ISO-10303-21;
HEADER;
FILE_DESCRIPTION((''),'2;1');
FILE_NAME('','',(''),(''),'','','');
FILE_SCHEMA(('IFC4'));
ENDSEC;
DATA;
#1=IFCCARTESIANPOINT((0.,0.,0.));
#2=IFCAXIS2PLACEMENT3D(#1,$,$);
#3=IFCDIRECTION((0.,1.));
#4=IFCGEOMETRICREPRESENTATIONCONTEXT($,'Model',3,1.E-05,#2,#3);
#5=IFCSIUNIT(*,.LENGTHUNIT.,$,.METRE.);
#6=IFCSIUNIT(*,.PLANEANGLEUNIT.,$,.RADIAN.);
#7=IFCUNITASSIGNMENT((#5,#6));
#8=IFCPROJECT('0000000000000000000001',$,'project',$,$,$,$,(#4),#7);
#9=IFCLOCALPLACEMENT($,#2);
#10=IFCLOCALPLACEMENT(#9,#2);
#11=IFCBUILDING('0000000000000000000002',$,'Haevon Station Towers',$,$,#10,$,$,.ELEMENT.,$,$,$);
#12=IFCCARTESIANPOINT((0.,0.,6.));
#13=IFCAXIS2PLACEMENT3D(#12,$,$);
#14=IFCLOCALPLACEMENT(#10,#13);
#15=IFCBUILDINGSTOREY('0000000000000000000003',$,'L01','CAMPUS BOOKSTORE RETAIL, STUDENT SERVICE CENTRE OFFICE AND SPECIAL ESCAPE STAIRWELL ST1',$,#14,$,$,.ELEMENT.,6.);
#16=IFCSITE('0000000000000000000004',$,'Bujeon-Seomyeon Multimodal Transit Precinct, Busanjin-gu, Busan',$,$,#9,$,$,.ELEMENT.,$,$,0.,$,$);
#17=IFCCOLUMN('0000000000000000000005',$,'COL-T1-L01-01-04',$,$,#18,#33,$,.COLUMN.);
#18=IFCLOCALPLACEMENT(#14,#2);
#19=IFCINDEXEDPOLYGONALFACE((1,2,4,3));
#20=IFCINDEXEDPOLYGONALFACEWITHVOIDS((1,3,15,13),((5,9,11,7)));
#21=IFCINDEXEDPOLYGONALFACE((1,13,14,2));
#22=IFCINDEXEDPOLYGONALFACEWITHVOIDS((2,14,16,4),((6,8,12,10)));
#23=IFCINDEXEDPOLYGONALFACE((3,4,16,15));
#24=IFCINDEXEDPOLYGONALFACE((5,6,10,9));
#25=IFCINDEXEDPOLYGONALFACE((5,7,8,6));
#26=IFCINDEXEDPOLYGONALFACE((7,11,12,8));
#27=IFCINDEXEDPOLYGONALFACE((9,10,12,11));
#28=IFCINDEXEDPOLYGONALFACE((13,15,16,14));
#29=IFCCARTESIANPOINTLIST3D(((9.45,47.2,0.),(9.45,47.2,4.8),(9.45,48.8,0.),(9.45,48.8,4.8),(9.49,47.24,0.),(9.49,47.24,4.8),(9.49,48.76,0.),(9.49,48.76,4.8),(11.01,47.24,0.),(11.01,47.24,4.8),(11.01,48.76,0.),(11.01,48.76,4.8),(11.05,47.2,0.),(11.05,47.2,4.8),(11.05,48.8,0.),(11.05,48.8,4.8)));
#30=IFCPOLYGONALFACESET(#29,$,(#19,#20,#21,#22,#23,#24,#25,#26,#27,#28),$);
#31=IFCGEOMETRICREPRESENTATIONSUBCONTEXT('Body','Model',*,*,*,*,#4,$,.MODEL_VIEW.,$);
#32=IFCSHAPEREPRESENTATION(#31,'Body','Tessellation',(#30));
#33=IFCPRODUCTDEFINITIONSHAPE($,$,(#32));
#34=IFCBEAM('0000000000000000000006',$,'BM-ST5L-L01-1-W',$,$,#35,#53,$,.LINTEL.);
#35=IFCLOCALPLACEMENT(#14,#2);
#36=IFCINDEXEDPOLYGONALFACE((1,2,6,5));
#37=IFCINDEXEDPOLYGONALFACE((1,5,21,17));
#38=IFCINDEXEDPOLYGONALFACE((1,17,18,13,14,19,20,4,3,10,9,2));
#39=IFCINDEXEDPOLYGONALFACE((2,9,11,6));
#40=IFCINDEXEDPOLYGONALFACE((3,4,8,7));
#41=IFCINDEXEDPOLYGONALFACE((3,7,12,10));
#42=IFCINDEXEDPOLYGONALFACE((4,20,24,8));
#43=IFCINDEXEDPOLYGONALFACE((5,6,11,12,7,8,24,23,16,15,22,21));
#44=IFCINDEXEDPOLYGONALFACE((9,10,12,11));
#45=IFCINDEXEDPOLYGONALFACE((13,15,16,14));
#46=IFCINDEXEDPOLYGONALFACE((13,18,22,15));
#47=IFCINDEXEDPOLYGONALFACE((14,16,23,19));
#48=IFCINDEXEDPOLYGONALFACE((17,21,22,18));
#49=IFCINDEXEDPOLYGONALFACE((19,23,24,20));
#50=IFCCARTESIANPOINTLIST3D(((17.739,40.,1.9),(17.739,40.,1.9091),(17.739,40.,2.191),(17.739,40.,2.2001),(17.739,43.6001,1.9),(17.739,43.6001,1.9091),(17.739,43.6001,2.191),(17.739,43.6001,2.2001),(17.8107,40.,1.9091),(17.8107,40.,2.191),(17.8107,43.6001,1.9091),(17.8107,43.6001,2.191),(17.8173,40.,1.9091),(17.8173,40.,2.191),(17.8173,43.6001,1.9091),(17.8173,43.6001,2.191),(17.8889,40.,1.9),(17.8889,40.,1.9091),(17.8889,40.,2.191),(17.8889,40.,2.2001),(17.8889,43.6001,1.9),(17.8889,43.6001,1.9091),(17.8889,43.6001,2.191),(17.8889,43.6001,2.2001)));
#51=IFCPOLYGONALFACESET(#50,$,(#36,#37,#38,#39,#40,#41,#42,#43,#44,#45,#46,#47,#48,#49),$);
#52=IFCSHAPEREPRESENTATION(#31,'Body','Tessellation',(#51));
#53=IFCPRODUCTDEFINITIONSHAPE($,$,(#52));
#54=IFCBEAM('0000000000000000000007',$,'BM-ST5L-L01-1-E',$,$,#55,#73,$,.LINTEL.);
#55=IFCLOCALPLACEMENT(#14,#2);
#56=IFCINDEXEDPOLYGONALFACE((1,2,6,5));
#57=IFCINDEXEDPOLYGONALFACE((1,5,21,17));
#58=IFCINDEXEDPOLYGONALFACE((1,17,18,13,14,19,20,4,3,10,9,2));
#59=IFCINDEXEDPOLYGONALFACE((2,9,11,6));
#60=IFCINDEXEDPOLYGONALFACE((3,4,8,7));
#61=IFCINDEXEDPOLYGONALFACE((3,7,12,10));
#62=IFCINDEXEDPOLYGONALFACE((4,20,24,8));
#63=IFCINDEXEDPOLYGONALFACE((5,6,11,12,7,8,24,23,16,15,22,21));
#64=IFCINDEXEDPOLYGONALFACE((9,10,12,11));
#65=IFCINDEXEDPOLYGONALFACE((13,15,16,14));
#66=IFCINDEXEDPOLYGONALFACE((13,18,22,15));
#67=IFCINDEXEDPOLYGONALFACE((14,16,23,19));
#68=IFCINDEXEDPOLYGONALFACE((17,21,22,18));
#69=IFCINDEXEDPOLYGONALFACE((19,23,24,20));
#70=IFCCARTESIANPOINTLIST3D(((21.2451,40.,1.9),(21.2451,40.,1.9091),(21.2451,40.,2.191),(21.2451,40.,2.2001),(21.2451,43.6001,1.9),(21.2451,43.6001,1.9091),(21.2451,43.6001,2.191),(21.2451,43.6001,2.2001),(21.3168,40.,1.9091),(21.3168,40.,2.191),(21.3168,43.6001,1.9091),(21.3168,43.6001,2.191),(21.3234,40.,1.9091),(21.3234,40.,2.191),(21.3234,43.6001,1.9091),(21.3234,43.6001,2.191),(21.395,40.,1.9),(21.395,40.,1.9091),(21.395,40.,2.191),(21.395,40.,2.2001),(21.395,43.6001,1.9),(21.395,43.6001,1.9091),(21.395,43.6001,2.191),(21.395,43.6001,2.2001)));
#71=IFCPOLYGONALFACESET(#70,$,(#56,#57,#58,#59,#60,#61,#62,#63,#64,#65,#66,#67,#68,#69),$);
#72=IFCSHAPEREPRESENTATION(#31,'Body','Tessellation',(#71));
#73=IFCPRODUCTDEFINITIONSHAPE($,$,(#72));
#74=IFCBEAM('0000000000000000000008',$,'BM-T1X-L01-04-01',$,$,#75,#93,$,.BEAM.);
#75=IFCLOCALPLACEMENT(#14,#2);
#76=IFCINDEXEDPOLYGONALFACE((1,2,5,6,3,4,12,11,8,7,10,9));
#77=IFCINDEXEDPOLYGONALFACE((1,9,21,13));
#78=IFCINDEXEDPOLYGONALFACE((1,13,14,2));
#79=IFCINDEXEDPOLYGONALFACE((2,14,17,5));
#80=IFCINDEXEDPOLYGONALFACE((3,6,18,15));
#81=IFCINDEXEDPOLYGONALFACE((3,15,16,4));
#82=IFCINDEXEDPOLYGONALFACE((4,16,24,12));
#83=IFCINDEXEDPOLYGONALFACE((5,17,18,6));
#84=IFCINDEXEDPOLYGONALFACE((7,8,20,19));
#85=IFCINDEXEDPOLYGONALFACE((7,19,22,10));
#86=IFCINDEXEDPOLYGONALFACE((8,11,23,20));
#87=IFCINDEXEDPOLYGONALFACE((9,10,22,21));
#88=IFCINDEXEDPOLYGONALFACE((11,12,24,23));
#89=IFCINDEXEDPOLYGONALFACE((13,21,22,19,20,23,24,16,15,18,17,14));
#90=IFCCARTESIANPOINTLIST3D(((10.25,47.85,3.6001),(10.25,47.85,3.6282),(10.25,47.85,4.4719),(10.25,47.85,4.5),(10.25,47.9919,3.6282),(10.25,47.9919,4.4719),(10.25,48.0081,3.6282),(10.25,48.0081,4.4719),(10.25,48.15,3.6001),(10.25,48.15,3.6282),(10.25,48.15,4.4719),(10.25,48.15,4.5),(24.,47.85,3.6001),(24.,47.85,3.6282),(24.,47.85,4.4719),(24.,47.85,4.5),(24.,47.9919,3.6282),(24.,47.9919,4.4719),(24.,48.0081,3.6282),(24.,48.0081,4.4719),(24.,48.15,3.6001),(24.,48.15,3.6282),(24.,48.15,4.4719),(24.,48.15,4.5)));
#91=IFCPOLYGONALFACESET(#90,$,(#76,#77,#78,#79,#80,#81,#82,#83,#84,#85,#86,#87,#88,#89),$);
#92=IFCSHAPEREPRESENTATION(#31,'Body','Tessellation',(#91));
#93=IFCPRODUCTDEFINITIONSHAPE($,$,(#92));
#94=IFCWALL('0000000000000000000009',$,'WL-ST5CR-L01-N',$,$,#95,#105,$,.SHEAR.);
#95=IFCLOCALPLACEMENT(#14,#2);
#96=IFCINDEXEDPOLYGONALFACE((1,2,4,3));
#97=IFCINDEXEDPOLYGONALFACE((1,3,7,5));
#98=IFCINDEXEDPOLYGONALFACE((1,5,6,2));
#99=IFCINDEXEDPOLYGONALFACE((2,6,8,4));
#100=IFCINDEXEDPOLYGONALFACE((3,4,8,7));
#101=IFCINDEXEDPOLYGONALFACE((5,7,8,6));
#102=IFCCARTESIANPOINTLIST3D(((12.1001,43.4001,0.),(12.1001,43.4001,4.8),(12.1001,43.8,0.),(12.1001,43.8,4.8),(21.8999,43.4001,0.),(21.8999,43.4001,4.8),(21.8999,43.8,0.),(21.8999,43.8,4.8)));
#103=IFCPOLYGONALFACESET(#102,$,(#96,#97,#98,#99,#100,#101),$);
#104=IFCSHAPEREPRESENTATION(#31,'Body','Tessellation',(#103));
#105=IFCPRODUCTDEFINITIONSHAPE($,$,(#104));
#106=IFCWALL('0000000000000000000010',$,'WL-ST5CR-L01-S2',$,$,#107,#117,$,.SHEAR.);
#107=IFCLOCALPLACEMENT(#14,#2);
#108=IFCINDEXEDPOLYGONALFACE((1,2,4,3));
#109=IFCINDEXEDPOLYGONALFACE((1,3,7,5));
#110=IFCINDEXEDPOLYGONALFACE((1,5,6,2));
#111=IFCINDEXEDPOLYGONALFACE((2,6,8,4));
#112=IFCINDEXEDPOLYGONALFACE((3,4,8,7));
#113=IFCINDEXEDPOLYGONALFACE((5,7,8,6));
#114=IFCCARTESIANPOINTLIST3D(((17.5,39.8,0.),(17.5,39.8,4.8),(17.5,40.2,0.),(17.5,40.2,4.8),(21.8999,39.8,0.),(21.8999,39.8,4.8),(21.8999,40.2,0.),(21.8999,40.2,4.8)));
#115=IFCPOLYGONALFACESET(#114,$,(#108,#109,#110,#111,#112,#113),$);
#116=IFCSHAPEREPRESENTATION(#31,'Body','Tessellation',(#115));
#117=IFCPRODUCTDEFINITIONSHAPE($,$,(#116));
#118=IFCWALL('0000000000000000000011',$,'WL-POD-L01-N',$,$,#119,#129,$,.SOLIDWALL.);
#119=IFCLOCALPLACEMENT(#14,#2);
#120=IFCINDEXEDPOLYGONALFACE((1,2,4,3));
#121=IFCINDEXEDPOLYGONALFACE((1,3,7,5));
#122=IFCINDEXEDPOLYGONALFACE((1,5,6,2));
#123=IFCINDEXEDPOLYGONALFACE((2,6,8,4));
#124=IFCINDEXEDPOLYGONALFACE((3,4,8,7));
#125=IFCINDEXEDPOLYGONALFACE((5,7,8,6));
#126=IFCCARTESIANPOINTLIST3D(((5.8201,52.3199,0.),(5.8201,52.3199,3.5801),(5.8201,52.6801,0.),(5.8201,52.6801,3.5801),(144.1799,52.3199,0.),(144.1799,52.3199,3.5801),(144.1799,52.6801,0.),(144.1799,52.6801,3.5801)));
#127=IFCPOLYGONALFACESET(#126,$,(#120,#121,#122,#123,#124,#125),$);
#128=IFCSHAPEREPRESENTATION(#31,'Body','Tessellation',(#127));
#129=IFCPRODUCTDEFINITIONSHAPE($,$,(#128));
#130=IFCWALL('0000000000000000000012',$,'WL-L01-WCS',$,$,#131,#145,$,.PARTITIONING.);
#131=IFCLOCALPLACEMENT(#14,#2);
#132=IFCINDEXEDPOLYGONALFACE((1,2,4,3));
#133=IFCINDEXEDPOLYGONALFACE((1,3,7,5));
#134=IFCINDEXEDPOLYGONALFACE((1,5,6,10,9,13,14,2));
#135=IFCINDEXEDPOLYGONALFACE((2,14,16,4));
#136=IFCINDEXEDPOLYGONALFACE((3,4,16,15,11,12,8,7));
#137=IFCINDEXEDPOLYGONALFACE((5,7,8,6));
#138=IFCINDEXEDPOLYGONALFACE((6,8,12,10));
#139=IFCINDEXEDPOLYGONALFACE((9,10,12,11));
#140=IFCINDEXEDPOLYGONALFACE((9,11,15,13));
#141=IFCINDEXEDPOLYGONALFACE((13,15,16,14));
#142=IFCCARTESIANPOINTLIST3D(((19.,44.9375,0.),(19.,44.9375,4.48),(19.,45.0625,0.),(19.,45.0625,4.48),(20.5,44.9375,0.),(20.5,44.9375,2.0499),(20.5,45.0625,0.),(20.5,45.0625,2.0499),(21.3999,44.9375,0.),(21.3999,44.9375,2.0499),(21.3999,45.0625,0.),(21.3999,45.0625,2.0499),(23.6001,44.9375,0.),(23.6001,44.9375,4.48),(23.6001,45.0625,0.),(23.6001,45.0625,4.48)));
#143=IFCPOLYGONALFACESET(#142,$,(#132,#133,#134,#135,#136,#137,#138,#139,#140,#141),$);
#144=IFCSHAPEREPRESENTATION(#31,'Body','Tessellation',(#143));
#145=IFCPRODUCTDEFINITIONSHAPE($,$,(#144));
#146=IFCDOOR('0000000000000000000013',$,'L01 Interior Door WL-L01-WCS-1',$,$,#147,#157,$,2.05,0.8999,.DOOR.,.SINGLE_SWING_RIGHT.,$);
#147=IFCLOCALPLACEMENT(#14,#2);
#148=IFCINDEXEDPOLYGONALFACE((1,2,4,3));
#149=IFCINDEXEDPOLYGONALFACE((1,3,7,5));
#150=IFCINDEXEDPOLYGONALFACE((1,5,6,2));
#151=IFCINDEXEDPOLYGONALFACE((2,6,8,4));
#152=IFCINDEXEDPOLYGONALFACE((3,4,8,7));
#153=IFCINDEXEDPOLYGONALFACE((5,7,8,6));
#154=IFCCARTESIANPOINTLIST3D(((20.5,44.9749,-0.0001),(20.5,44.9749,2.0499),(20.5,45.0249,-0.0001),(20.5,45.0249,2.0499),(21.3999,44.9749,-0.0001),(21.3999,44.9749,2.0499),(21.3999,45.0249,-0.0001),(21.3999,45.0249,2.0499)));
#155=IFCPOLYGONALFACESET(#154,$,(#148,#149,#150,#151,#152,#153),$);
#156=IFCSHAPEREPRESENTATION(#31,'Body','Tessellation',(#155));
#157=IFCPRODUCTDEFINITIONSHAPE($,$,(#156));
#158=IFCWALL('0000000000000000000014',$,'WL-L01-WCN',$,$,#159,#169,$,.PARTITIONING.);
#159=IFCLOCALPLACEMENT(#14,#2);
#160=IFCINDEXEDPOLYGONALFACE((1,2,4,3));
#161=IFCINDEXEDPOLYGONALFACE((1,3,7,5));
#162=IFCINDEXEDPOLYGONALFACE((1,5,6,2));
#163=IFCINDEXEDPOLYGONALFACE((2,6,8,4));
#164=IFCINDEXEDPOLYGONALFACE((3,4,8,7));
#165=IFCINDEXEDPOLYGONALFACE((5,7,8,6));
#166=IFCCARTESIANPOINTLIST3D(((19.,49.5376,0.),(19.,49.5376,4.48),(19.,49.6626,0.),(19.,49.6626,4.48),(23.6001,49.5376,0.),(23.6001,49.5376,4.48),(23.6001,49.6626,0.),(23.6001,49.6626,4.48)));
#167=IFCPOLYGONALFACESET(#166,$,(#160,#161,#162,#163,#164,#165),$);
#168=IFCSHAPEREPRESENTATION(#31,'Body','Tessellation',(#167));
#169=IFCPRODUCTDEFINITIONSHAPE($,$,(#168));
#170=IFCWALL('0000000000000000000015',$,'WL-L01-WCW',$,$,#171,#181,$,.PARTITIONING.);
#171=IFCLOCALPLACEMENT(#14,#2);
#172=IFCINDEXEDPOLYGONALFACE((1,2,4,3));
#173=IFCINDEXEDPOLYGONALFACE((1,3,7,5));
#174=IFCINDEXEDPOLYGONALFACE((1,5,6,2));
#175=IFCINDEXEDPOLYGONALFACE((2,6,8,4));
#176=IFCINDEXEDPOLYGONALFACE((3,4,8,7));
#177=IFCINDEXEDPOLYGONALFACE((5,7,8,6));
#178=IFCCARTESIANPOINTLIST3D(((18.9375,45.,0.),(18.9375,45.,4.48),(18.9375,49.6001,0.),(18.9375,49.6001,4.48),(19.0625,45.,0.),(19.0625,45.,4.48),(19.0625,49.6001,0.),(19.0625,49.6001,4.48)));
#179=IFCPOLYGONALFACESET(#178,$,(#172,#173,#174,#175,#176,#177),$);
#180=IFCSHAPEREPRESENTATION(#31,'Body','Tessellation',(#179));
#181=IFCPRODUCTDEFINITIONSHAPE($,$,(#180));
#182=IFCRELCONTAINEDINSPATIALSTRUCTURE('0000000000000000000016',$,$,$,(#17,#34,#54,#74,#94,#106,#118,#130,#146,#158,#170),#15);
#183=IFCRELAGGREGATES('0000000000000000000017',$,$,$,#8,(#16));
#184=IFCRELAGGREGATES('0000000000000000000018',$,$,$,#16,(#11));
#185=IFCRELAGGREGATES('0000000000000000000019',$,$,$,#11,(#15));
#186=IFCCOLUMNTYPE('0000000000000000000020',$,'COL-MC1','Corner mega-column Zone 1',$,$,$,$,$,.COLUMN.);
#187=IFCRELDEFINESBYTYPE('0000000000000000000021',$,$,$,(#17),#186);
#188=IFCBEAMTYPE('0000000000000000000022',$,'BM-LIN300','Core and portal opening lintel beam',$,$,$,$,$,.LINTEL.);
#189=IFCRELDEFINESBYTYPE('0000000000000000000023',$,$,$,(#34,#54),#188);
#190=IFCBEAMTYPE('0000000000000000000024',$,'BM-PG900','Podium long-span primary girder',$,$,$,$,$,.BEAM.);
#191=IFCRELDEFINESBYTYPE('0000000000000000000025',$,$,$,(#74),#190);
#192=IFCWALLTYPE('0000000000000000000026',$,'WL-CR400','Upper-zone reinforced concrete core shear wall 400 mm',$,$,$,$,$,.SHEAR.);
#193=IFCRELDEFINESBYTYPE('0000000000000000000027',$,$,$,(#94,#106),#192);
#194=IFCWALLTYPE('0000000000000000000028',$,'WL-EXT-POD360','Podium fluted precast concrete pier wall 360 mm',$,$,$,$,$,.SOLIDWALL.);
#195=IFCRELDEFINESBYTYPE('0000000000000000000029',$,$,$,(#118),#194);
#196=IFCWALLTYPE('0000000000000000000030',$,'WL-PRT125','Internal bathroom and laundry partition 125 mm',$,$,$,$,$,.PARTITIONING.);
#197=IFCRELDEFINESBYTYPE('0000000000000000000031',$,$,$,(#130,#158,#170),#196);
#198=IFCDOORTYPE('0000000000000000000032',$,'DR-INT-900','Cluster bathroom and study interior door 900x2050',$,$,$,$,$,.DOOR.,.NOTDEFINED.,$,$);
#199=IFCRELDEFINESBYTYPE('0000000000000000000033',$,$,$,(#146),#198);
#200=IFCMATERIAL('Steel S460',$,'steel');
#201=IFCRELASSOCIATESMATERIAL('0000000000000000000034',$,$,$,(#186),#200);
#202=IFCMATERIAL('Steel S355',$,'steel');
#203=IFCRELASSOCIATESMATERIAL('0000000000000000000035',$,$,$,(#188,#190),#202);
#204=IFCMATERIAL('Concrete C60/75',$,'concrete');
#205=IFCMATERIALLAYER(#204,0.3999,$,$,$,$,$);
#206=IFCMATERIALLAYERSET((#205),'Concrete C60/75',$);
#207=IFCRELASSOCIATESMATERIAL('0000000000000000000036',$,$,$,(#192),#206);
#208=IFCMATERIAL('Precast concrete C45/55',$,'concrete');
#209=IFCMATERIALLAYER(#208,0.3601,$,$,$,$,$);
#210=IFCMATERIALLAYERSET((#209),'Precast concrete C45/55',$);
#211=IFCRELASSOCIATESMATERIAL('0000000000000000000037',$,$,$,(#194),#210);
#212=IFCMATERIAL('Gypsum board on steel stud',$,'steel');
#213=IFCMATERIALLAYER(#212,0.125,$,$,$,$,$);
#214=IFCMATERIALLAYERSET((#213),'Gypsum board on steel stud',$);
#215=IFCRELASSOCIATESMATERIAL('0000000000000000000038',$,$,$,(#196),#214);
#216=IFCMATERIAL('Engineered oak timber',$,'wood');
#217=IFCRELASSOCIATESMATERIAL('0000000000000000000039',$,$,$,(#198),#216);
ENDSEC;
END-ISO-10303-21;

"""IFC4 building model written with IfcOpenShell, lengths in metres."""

from ifc_helpers import new_model, si_unit, direction, frame, frame_2d, origin, origin_2d, place, context, subcontext, project, spatial, rectangle, hollow_rectangle, i_section, extrude, material, layer, layer_set, material_profile, profile_set, type_object, element, fill, save


model = new_model("IFC4")

# Units and contexts
model_context = context("Model", 3, precision=1e-05, world=origin(), true_north=direction((0.0, 1.0)))
body_context = subcontext(model_context, "Body", "Model", "MODEL_VIEW")
ifc_project = project(units=[si_unit("LENGTHUNIT", "METRE"), si_unit("PLANEANGLEUNIT", "RADIAN")], contexts=[model_context])

# Site, building, storey
site_placement = place(None, origin())
site = spatial("IfcSite", under=ifc_project, at=site_placement, Name="Bujeon-Seomyeon Multimodal Transit Precinct, Busanjin-gu, Busan", CompositionType="ELEMENT", RefElevation=0.0)
building_placement = place(site_placement, origin())
building = spatial("IfcBuilding", under=site, at=building_placement, Name="Haevon Station Towers", CompositionType="ELEMENT")
storey_placement = place(building_placement, frame((0.0, 0.0, 6.0)))
storey = spatial("IfcBuildingStorey", under=building, at=storey_placement, Name="L01", Description="CAMPUS BOOKSTORE RETAIL, STUDENT SERVICE CENTRE OFFICE AND SPECIAL ESCAPE STAIRWELL ST1", CompositionType="ELEMENT", Elevation=6.0)

# Column
ifc_material_1 = material(Name="Steel S460", Category="steel")
ifc_material_profile_1 = material_profile(ifc_material_1, hollow_rectangle(XDim=1.6001, YDim=1.6001, WallThickness=0.04, at=origin_2d()), Name="BOX-1600x1600x40")
ifc_profile_set_1 = profile_set([ifc_material_profile_1], Name="Steel S460")
column_type = type_object("IfcColumnType", Name="COL-MC1", Description="Corner mega-column Zone 1", PredefinedType="COLUMN", material=ifc_profile_set_1)
column_placement = place(storey_placement, frame((10.25, 48.0, 0.0), z_axis=(0.0, 0.0, 1.0), x_axis=(1.0, 0.0, 0.0)))
element("IfcColumn", 1, at=column_placement, inside=storey, type_object=column_type, Name="COL-T1-L01-01-04", PredefinedType="COLUMN", context=body_context, shape_type="SweptSolid", body=[
    extrude(hollow_rectangle(XDim=1.6001, YDim=1.6001, WallThickness=0.04, at=origin_2d()), origin(), (0.0, 0.0, 1.0), 4.8),
])

# Beams
ifc_material_2 = material(Name="Steel S355", Category="steel")
ifc_material_profile_2 = material_profile(ifc_material_2, i_section(OverallWidth=0.1499, OverallDepth=0.3, WebThickness=0.0066, FlangeThickness=0.009, at=origin_2d()), Name="H-300x150x6.5x9")
ifc_profile_set_2 = profile_set([ifc_material_profile_2], Name="Steel S355")
beam_type_1 = type_object("IfcBeamType", Name="BM-LIN300", Description="Core and portal opening lintel beam", PredefinedType="LINTEL", material=ifc_profile_set_2)
for number, where, z_axis, x_axis, name in (
    (2, (17.814, 40.0, 2.05), (0.0, 1.0, 0.0), (-1.0, 0.0, 0.0), "BM-ST5L-L01-1-W"),
    (3, (21.3201, 40.0, 2.05), (0.0, 1.0, 0.0), (-1.0, 0.0, 0.0), "BM-ST5L-L01-1-E"),
):
    element("IfcBeam", number, at=place(storey_placement, frame(where, z_axis=z_axis, x_axis=x_axis)), inside=storey, type_object=beam_type_1, Name=name, PredefinedType="LINTEL", context=body_context, shape_type="SweptSolid", body=[
        extrude(i_section(OverallWidth=0.1499, OverallDepth=0.3, WebThickness=0.0066, FlangeThickness=0.009, at=origin_2d()), origin(), (0.0, 0.0, 1.0), 3.6001),
    ])
ifc_material_profile_3 = material_profile(ifc_material_2, i_section(OverallWidth=0.3, OverallDepth=0.8999, WebThickness=0.0161, FlangeThickness=0.0281, at=origin_2d()), Name="H-900x300x16x28")
ifc_profile_set_3 = profile_set([ifc_material_profile_3], Name="Steel S355")
beam_type_2 = type_object("IfcBeamType", Name="BM-PG900", Description="Podium long-span primary girder", PredefinedType="BEAM", material=ifc_profile_set_3)
beam_placement = place(storey_placement, frame((10.25, 48.0, 4.05), z_axis=(1.0, 0.0, 0.0), x_axis=(0.0, 1.0, 0.0)))
element("IfcBeam", 4, at=beam_placement, inside=storey, type_object=beam_type_2, Name="BM-T1X-L01-04-01", PredefinedType="BEAM", context=body_context, shape_type="SweptSolid", body=[
    extrude(i_section(OverallWidth=0.3, OverallDepth=0.8999, WebThickness=0.0161, FlangeThickness=0.0281, at=origin_2d()), origin(), (0.0, 0.0, 1.0), 13.75),
])

# Walls
ifc_material_3 = material(Name="Concrete C60/75", Category="concrete")
ifc_layer_1 = layer(ifc_material_3, 0.3999)
ifc_layer_set_1 = layer_set([ifc_layer_1], Name="Concrete C60/75")
wall_type_1 = type_object("IfcWallType", Name="WL-CR400", Description="Upper-zone reinforced concrete core shear wall 400 mm", PredefinedType="SHEAR", material=ifc_layer_set_1)
wall_1_placement = place(storey_placement, frame((12.1001, 43.6001, 0.0), z_axis=(0.0, 0.0, 1.0), x_axis=(1.0, 0.0, 0.0)))
element("IfcWall", 5, at=wall_1_placement, inside=storey, type_object=wall_type_1, Name="WL-ST5CR-L01-N", PredefinedType="SHEAR", context=body_context, shape_type="SweptSolid", body=[
    extrude(rectangle(XDim=9.7998, YDim=0.3999, at=frame_2d((4.8999, 0.0))), origin(), (0.0, 0.0, 1.0), 4.8),
])
wall_2_placement = place(storey_placement, frame((17.5, 40.0, 0.0), z_axis=(0.0, 0.0, 1.0), x_axis=(1.0, 0.0, 0.0)))
element("IfcWall", 6, at=wall_2_placement, inside=storey, type_object=wall_type_1, Name="WL-ST5CR-L01-S2", PredefinedType="SHEAR", context=body_context, shape_type="SweptSolid", body=[
    extrude(rectangle(XDim=4.3999, YDim=0.3999, at=frame_2d((2.2, 0.0))), origin(), (0.0, 0.0, 1.0), 4.8),
])
ifc_material_4 = material(Name="Precast concrete C45/55", Category="concrete")
ifc_layer_2 = layer(ifc_material_4, 0.3601)
ifc_layer_set_2 = layer_set([ifc_layer_2], Name="Precast concrete C45/55")
wall_type_2 = type_object("IfcWallType", Name="WL-EXT-POD360", Description="Podium fluted precast concrete pier wall 360 mm", PredefinedType="SOLIDWALL", material=ifc_layer_set_2)
wall_3_placement = place(storey_placement, frame((5.8201, 52.5, 0.0), z_axis=(0.0, 0.0, 1.0), x_axis=(1.0, 0.0, 0.0)))
element("IfcWall", 7, at=wall_3_placement, inside=storey, type_object=wall_type_2, Name="WL-POD-L01-N", PredefinedType="SOLIDWALL", context=body_context, shape_type="SweptSolid", body=[
    extrude(rectangle(XDim=138.3599, YDim=0.3601, at=frame_2d((69.1799, 0.0))), origin(), (0.0, 0.0, 1.0), 3.5801),
])

# Wall, opening, door
ifc_material_5 = material(Name="Gypsum board on steel stud", Category="steel")
ifc_layer_3 = layer(ifc_material_5, 0.125)
ifc_layer_set_3 = layer_set([ifc_layer_3], Name="Gypsum board on steel stud")
wall_type_3 = type_object("IfcWallType", Name="WL-PRT125", Description="Internal bathroom and laundry partition 125 mm", PredefinedType="PARTITIONING", material=ifc_layer_set_3)
wall_4_placement = place(storey_placement, frame((19.0, 45.0, 0.0), z_axis=(0.0, 0.0, 1.0), x_axis=(1.0, 0.0, 0.0)))
wall_4 = element("IfcWall", 8, at=wall_4_placement, inside=storey, type_object=wall_type_3, Name="WL-L01-WCS", PredefinedType="PARTITIONING", context=body_context, shape_type="SweptSolid", body=[
    extrude(rectangle(XDim=4.6001, YDim=0.125, at=frame_2d((2.3, 0.0))), origin(), (0.0, 0.0, 1.0), 4.48),
])
opening_placement = place(wall_4_placement, frame((1.5, 0.0, 0.0)))
opening = element("IfcOpeningElement", 9, at=opening_placement, cuts=wall_4, PredefinedType="OPENING", context=body_context, shape_type="SweptSolid", body=[
    extrude(rectangle(XDim=0.8999, YDim=2.05, at=frame_2d((0.45, 1.0249))), frame((0.0, 0.0725, 0.0), z_axis=(0.0, -1.0, 0.0), x_axis=(1.0, 0.0, 0.0)), (0.0, 0.0, 1.0), 0.145),
])
ifc_material_6 = material(Name="Engineered oak timber", Category="wood")
door_type = type_object("IfcDoorType", Name="DR-INT-900", Description="Cluster bathroom and study interior door 900x2050", OperationType="NOTDEFINED", PredefinedType="DOOR", material=ifc_material_6)
door_placement = place(opening_placement, origin())
door = element("IfcDoor", 10, at=door_placement, inside=storey, type_object=door_type, Name="L01 Interior Door WL-L01-WCS-1", OperationType="SINGLE_SWING_RIGHT", OverallHeight=2.05, OverallWidth=0.8999, PredefinedType="DOOR", context=body_context, shape_type="SweptSolid", body=[
    extrude(rectangle(XDim=0.8999, YDim=2.05, at=frame_2d((0.45, 1.0249))), frame((0.0, 0.0249, 0.0), z_axis=(0.0, -1.0, 0.0), x_axis=(1.0, 0.0, 0.0)), (0.0, 0.0, 1.0), 0.05),
])
fill(opening, door)

# Walls
for number, where, z_axis, x_axis, name in (
    (11, (19.0, 49.6001, 0.0), (0.0, 0.0, 1.0), (1.0, 0.0, 0.0), "WL-L01-WCN"),
    (12, (19.0, 45.0, 0.0), (0.0, 0.0, 1.0), (0.0, 1.0, 0.0), "WL-L01-WCW"),
):
    element("IfcWall", number, at=place(storey_placement, frame(where, z_axis=z_axis, x_axis=x_axis)), inside=storey, type_object=wall_type_3, Name=name, PredefinedType="PARTITIONING", context=body_context, shape_type="SweptSolid", body=[
        extrude(rectangle(XDim=4.6001, YDim=0.125, at=frame_2d((2.3, 0.0))), origin(), (0.0, 0.0, 1.0), 4.48),
    ])

save(model, "model.ifc")
